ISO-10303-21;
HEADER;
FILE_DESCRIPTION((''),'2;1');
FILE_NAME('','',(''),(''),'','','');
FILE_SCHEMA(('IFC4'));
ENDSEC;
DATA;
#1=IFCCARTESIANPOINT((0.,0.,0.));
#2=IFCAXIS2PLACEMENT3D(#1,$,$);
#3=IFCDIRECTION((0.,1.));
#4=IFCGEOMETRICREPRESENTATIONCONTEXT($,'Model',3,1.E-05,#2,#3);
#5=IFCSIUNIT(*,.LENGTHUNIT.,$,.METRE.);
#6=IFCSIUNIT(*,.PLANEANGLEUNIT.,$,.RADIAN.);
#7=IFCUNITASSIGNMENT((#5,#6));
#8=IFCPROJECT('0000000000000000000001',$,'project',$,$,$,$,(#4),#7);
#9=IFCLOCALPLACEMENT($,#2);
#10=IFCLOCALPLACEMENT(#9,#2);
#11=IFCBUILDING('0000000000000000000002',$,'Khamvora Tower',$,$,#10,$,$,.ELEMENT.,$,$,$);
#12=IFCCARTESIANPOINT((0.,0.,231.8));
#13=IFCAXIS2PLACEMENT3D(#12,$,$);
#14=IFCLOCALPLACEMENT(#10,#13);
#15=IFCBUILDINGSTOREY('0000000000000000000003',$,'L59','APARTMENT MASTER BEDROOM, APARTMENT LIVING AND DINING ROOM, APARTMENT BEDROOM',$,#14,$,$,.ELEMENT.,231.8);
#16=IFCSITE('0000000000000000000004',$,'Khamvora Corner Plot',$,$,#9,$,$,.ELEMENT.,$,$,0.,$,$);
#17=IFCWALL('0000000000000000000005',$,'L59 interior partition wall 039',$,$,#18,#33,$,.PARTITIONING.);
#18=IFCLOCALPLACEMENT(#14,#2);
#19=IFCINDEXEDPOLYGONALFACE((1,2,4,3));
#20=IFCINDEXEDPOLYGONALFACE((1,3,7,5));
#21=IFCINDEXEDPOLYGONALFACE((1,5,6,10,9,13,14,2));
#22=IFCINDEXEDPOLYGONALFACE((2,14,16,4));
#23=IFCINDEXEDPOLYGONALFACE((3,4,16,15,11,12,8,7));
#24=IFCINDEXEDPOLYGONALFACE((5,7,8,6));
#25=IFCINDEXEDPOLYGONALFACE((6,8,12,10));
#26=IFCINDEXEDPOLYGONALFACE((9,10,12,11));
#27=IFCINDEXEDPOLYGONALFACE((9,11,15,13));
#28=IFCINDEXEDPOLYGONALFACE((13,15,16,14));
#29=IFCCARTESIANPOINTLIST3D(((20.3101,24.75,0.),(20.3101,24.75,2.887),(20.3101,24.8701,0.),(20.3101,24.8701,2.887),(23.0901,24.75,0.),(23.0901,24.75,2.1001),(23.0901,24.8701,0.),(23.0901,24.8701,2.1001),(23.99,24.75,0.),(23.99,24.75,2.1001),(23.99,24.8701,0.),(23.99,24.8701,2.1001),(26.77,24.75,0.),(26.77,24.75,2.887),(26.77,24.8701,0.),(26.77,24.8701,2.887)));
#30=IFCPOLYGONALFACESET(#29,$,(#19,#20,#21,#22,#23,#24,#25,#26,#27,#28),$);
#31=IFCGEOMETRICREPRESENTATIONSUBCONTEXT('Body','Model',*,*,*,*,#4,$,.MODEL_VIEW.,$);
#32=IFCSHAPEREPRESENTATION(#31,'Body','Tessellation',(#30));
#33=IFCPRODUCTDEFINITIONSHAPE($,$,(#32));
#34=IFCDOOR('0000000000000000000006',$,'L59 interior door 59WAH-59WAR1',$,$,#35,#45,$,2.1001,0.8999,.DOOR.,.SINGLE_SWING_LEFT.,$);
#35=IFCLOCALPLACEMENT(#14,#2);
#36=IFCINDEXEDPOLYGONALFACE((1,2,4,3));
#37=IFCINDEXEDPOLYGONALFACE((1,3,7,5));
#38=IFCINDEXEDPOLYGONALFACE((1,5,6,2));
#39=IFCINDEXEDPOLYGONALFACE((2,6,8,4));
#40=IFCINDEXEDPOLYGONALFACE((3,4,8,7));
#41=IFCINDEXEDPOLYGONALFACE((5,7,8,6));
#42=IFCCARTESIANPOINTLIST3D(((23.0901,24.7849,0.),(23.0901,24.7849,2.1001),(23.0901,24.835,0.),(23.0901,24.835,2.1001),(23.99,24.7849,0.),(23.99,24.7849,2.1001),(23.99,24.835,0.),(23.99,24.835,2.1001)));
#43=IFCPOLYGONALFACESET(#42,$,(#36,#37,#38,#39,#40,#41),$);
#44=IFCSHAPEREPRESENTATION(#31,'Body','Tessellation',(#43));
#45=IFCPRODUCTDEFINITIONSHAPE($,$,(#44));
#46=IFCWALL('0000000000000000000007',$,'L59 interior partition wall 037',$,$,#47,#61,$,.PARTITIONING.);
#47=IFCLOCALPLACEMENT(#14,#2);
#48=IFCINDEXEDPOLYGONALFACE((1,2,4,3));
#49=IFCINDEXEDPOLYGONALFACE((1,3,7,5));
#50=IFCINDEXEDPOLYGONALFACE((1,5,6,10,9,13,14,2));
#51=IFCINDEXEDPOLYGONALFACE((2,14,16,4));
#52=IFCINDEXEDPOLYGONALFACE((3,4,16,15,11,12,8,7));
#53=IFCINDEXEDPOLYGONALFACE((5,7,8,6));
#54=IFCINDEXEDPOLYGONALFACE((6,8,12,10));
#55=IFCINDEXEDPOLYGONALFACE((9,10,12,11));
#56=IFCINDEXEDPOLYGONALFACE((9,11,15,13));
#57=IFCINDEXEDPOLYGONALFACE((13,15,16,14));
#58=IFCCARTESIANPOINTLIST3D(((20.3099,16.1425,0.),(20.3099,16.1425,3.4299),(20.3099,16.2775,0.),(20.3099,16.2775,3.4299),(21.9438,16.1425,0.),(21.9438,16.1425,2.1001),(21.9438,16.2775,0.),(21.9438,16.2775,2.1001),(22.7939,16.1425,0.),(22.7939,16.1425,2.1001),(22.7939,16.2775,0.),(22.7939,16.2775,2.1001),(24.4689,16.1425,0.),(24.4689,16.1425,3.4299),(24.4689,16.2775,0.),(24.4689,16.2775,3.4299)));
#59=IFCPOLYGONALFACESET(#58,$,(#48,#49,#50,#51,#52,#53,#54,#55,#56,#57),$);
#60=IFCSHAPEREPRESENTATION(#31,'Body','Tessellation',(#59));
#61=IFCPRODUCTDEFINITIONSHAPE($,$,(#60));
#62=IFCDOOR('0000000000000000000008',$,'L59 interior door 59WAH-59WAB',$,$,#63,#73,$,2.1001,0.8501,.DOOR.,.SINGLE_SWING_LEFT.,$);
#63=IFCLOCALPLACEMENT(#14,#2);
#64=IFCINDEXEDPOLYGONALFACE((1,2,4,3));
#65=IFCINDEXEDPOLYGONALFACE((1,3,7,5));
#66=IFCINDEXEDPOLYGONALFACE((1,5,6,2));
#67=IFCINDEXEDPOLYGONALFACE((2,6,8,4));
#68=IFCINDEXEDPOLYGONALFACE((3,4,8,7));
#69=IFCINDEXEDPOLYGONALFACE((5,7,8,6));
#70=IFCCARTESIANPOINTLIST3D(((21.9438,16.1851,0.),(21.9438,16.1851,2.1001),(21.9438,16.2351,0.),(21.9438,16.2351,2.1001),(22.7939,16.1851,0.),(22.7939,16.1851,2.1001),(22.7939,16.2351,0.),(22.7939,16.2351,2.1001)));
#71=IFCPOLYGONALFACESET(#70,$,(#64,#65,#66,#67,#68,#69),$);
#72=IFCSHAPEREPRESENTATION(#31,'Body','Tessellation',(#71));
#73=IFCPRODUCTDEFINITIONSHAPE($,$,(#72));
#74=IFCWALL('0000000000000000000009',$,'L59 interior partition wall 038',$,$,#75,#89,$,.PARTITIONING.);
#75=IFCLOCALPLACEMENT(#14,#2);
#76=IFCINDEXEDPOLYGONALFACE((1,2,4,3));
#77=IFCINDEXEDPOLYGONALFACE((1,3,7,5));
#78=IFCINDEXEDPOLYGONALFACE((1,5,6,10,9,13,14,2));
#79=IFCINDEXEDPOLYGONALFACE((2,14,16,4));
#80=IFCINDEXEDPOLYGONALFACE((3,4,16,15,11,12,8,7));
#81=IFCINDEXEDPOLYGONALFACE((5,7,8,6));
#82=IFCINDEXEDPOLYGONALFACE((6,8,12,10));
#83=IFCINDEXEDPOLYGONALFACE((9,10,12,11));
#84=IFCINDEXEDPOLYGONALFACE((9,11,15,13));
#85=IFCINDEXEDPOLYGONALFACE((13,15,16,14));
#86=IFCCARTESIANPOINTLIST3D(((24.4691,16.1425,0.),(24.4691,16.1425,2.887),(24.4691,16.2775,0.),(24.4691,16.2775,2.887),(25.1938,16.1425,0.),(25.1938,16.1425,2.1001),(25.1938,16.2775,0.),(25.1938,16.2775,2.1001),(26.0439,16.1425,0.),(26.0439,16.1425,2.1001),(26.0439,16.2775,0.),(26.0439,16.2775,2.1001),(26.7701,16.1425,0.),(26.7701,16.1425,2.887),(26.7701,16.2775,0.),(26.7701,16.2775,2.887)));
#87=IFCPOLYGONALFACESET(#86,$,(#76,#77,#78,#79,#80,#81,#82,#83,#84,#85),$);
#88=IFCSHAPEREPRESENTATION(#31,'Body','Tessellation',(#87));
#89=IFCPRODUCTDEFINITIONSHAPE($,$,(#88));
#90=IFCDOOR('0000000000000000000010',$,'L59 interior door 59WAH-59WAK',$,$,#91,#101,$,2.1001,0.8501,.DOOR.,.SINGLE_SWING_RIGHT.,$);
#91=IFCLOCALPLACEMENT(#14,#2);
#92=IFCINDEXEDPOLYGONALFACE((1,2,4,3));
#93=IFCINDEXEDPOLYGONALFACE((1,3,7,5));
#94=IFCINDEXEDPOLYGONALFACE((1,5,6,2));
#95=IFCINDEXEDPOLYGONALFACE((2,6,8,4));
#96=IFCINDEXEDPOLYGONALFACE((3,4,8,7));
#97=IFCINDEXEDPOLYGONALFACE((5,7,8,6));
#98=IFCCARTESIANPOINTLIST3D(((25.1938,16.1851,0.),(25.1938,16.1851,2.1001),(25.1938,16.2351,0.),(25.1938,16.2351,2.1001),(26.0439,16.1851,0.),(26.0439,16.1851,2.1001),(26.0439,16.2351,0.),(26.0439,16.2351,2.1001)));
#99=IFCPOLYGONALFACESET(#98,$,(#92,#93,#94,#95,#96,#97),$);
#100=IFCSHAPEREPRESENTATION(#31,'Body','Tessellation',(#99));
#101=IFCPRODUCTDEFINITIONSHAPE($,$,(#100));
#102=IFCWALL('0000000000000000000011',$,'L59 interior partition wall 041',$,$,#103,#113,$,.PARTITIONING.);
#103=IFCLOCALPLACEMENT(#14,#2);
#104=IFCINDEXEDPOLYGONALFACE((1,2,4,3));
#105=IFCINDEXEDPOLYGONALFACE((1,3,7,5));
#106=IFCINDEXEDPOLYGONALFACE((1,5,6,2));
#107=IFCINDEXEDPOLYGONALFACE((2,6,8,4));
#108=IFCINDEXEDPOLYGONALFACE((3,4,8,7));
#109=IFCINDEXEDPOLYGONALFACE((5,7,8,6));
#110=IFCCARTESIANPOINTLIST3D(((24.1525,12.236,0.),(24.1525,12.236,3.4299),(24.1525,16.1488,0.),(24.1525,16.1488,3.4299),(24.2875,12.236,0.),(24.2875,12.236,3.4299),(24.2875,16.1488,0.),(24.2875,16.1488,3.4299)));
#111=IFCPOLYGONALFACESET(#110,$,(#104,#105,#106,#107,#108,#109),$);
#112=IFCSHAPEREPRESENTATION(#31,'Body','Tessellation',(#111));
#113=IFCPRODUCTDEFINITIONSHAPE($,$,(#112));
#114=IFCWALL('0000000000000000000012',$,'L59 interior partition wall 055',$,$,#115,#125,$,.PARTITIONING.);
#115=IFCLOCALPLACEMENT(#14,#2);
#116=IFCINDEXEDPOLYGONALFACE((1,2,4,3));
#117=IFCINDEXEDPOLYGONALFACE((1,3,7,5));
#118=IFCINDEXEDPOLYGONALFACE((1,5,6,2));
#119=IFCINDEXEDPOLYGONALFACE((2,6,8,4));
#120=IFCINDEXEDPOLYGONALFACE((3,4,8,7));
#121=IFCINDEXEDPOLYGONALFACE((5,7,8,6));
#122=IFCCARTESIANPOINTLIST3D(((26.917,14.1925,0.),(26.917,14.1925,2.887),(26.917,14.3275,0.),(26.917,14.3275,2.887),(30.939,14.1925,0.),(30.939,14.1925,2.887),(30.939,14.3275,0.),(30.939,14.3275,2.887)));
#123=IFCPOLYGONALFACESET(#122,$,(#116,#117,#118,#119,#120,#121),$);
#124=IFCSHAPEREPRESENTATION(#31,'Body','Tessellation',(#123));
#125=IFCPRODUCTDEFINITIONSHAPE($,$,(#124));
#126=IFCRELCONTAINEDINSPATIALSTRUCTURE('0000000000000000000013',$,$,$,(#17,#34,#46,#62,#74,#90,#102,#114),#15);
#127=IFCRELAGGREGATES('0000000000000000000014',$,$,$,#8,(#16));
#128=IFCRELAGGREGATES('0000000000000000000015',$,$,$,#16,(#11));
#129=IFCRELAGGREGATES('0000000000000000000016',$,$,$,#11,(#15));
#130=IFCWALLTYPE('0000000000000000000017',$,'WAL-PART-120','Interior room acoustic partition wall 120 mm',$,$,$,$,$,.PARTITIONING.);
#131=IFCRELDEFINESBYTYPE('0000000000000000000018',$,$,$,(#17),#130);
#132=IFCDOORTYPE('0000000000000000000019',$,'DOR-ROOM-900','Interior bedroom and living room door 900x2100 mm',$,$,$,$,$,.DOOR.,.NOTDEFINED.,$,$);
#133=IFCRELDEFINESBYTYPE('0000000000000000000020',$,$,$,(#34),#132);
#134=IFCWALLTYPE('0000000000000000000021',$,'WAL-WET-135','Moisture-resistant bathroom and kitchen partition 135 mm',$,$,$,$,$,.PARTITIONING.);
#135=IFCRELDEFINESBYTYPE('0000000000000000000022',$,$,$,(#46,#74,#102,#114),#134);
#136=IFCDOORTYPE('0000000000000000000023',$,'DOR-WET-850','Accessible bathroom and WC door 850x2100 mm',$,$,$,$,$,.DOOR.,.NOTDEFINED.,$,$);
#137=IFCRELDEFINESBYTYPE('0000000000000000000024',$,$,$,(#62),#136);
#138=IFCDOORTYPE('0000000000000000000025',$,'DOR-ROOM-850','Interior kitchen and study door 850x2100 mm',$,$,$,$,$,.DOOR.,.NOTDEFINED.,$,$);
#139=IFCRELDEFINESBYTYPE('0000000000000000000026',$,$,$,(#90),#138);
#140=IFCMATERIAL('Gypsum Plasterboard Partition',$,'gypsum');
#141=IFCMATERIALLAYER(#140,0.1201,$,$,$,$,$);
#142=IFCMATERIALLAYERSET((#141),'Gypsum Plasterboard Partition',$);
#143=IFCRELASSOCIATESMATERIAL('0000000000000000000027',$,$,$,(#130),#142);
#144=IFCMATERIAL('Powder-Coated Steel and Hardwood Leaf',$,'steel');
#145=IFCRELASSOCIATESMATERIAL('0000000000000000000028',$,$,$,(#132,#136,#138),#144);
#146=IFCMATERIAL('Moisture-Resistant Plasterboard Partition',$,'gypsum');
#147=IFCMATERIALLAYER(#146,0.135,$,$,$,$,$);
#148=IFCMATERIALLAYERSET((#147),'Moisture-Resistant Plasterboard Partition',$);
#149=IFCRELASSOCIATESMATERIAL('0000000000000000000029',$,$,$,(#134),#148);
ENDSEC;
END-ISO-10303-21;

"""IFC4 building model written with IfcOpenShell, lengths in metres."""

from ifc_helpers import new_model, si_unit, direction, frame, frame_2d, origin, place, context, subcontext, project, spatial, rectangle, extrude, material, layer, layer_set, type_object, element, fill, save


model = new_model("IFC4")

# Units and contexts
model_context = context("Model", 3, precision=1e-05, world=origin(), true_north=direction((0.0, 1.0)))
body_context = subcontext(model_context, "Body", "Model", "MODEL_VIEW")
ifc_project = project(units=[si_unit("LENGTHUNIT", "METRE"), si_unit("PLANEANGLEUNIT", "RADIAN")], contexts=[model_context])

# Site, building, storey
site_placement = place(None, origin())
site = spatial("IfcSite", under=ifc_project, at=site_placement, Name="Khamvora Corner Plot", CompositionType="ELEMENT", RefElevation=0.0)
building_placement = place(site_placement, origin())
building = spatial("IfcBuilding", under=site, at=building_placement, Name="Khamvora Tower", CompositionType="ELEMENT")
storey_placement = place(building_placement, frame((0.0, 0.0, 231.8)))
storey = spatial("IfcBuildingStorey", under=building, at=storey_placement, Name="L59", Description="APARTMENT MASTER BEDROOM, APARTMENT LIVING AND DINING ROOM, APARTMENT BEDROOM", CompositionType="ELEMENT", Elevation=231.8)

# Shared definitions
ifc_material_1 = material(Name="Powder-Coated Steel and Hardwood Leaf", Category="steel")

# Walls, openings, doors
ifc_material_2 = material(Name="Gypsum Plasterboard Partition", Category="gypsum")
ifc_layer_1 = layer(ifc_material_2, 0.1201)
ifc_layer_set_1 = layer_set([ifc_layer_1], Name="Gypsum Plasterboard Partition")
wall_type_1 = type_object("IfcWallType", Name="WAL-PART-120", Description="Interior room acoustic partition wall 120 mm", PredefinedType="PARTITIONING", material=ifc_layer_set_1)
wall_1_placement = place(storey_placement, frame((20.3101, 24.8101, 0.0), z_axis=(0.0, 0.0, 1.0), x_axis=(1.0, 0.0, 0.0)))
wall_1 = element("IfcWall", 1, at=wall_1_placement, inside=storey, type_object=wall_type_1, Name="L59 interior partition wall 039", PredefinedType="PARTITIONING", context=body_context, shape_type="SweptSolid", body=[
    extrude(rectangle(XDim=6.46, YDim=0.1201, at=frame_2d((3.23, 0.0))), origin(), (0.0, 0.0, 1.0), 2.887),
])
opening_1_placement = place(wall_1_placement, frame((2.78, 0.0, 0.0)))
opening_1 = element("IfcOpeningElement", 2, at=opening_1_placement, cuts=wall_1, PredefinedType="OPENING", context=body_context, shape_type="SweptSolid", body=[
    extrude(rectangle(XDim=0.8999, YDim=2.1001, at=frame_2d((0.45, 1.05))), frame((0.0, 0.0701, 0.0), z_axis=(0.0, -1.0, 0.0), x_axis=(1.0, 0.0, 0.0)), (0.0, 0.0, 1.0), 0.1401),
])
door_type_1 = type_object("IfcDoorType", Name="DOR-ROOM-900", Description="Interior bedroom and living room door 900x2100 mm", OperationType="NOTDEFINED", PredefinedType="DOOR", material=ifc_material_1)
door_1_placement = place(opening_1_placement, origin())
door_1 = element("IfcDoor", 3, at=door_1_placement, inside=storey, type_object=door_type_1, Name="L59 interior door 59WAH-59WAR1", OperationType="SINGLE_SWING_LEFT", OverallHeight=2.1001, OverallWidth=0.8999, PredefinedType="DOOR", context=body_context, shape_type="SweptSolid", body=[
    extrude(rectangle(XDim=0.8999, YDim=2.1001, at=frame_2d((0.45, 1.05))), frame((0.0, 0.0249, 0.0), z_axis=(0.0, -1.0, 0.0), x_axis=(1.0, 0.0, 0.0)), (0.0, 0.0, 1.0), 0.05),
])
fill(opening_1, door_1)
ifc_material_3 = material(Name="Moisture-Resistant Plasterboard Partition", Category="gypsum")
ifc_layer_2 = layer(ifc_material_3, 0.135)
ifc_layer_set_2 = layer_set([ifc_layer_2], Name="Moisture-Resistant Plasterboard Partition")
wall_type_2 = type_object("IfcWallType", Name="WAL-WET-135", Description="Moisture-resistant bathroom and kitchen partition 135 mm", PredefinedType="PARTITIONING", material=ifc_layer_set_2)
wall_2_placement = place(storey_placement, frame((24.469, 16.21, 0.0), z_axis=(0.0, 0.0, 1.0), x_axis=(-1.0, 0.0, 0.0)))
wall_2 = element("IfcWall", 4, at=wall_2_placement, inside=storey, type_object=wall_type_2, Name="L59 interior partition wall 037", PredefinedType="PARTITIONING", context=body_context, shape_type="SweptSolid", body=[
    extrude(rectangle(XDim=4.1589, YDim=0.135, at=frame_2d((2.0796, 0.0))), origin(), (0.0, 0.0, 1.0), 3.4299),
])
opening_2_placement = place(wall_2_placement, frame((1.675, 0.0, 0.0)))
opening_2 = element("IfcOpeningElement", 5, at=opening_2_placement, cuts=wall_2, PredefinedType="OPENING", context=body_context, shape_type="SweptSolid", body=[
    extrude(rectangle(XDim=0.8501, YDim=2.1001, at=frame_2d((0.425, 1.05))), frame((0.0, 0.0774, 0.0), z_axis=(0.0, -1.0, 0.0), x_axis=(1.0, 0.0, 0.0)), (0.0, 0.0, 1.0), 0.155),
])
door_type_2 = type_object("IfcDoorType", Name="DOR-WET-850", Description="Accessible bathroom and WC door 850x2100 mm", OperationType="NOTDEFINED", PredefinedType="DOOR", material=ifc_material_1)
door_2_placement = place(opening_2_placement, origin())
door_2 = element("IfcDoor", 6, at=door_2_placement, inside=storey, type_object=door_type_2, Name="L59 interior door 59WAH-59WAB", OperationType="SINGLE_SWING_LEFT", OverallHeight=2.1001, OverallWidth=0.8501, PredefinedType="DOOR", context=body_context, shape_type="SweptSolid", body=[
    extrude(rectangle(XDim=0.8501, YDim=2.1001, at=frame_2d((0.425, 1.05))), frame((0.0, 0.0249, 0.0), z_axis=(0.0, -1.0, 0.0), x_axis=(1.0, 0.0, 0.0)), (0.0, 0.0, 1.0), 0.05),
])
fill(opening_2, door_2)
wall_3_placement = place(storey_placement, frame((26.77, 16.21, 0.0), z_axis=(0.0, 0.0, 1.0), x_axis=(-1.0, 0.0, 0.0)))
wall_3 = element("IfcWall", 7, at=wall_3_placement, inside=storey, type_object=wall_type_2, Name="L59 interior partition wall 038", PredefinedType="PARTITIONING", context=body_context, shape_type="SweptSolid", body=[
    extrude(rectangle(XDim=2.301, YDim=0.135, at=frame_2d((1.1504, 0.0))), origin(), (0.0, 0.0, 1.0), 2.887),
])
opening_3_placement = place(wall_3_placement, frame((0.7261, 0.0, 0.0)))
opening_3 = element("IfcOpeningElement", 8, at=opening_3_placement, cuts=wall_3, PredefinedType="OPENING", context=body_context, shape_type="SweptSolid", body=[
    extrude(rectangle(XDim=0.8501, YDim=2.1001, at=frame_2d((0.425, 1.05))), frame((0.0, 0.0774, 0.0), z_axis=(0.0, -1.0, 0.0), x_axis=(1.0, 0.0, 0.0)), (0.0, 0.0, 1.0), 0.155),
])
door_type_3 = type_object("IfcDoorType", Name="DOR-ROOM-850", Description="Interior kitchen and study door 850x2100 mm", OperationType="NOTDEFINED", PredefinedType="DOOR", material=ifc_material_1)
door_3_placement = place(opening_3_placement, origin())
door_3 = element("IfcDoor", 9, at=door_3_placement, inside=storey, type_object=door_type_3, Name="L59 interior door 59WAH-59WAK", OperationType="SINGLE_SWING_RIGHT", OverallHeight=2.1001, OverallWidth=0.8501, PredefinedType="DOOR", context=body_context, shape_type="SweptSolid", body=[
    extrude(rectangle(XDim=0.8501, YDim=2.1001, at=frame_2d((0.425, 1.05))), frame((0.0, 0.0249, 0.0), z_axis=(0.0, -1.0, 0.0), x_axis=(1.0, 0.0, 0.0)), (0.0, 0.0, 1.0), 0.05),
])
fill(opening_3, door_3)

# Walls
wall_4_placement = place(storey_placement, frame((24.22, 16.1489, 0.0), z_axis=(0.0, 0.0, 1.0), x_axis=(0.0, -1.0, 0.0)))
element("IfcWall", 10, at=wall_4_placement, inside=storey, type_object=wall_type_2, Name="L59 interior partition wall 041", PredefinedType="PARTITIONING", context=body_context, shape_type="SweptSolid", body=[
    extrude(rectangle(XDim=3.9128, YDim=0.135, at=frame_2d((1.9565, 0.0))), origin(), (0.0, 0.0, 1.0), 3.4299),
])
wall_5_placement = place(storey_placement, frame((26.917, 14.26, 0.0), z_axis=(0.0, 0.0, 1.0), x_axis=(1.0, 0.0, 0.0)))
element("IfcWall", 11, at=wall_5_placement, inside=storey, type_object=wall_type_2, Name="L59 interior partition wall 055", PredefinedType="PARTITIONING", context=body_context, shape_type="SweptSolid", body=[
    extrude(rectangle(XDim=4.022, YDim=0.135, at=frame_2d((2.011, 0.0))), origin(), (0.0, 0.0, 1.0), 2.887),
])

save(model, "model.ifc")
